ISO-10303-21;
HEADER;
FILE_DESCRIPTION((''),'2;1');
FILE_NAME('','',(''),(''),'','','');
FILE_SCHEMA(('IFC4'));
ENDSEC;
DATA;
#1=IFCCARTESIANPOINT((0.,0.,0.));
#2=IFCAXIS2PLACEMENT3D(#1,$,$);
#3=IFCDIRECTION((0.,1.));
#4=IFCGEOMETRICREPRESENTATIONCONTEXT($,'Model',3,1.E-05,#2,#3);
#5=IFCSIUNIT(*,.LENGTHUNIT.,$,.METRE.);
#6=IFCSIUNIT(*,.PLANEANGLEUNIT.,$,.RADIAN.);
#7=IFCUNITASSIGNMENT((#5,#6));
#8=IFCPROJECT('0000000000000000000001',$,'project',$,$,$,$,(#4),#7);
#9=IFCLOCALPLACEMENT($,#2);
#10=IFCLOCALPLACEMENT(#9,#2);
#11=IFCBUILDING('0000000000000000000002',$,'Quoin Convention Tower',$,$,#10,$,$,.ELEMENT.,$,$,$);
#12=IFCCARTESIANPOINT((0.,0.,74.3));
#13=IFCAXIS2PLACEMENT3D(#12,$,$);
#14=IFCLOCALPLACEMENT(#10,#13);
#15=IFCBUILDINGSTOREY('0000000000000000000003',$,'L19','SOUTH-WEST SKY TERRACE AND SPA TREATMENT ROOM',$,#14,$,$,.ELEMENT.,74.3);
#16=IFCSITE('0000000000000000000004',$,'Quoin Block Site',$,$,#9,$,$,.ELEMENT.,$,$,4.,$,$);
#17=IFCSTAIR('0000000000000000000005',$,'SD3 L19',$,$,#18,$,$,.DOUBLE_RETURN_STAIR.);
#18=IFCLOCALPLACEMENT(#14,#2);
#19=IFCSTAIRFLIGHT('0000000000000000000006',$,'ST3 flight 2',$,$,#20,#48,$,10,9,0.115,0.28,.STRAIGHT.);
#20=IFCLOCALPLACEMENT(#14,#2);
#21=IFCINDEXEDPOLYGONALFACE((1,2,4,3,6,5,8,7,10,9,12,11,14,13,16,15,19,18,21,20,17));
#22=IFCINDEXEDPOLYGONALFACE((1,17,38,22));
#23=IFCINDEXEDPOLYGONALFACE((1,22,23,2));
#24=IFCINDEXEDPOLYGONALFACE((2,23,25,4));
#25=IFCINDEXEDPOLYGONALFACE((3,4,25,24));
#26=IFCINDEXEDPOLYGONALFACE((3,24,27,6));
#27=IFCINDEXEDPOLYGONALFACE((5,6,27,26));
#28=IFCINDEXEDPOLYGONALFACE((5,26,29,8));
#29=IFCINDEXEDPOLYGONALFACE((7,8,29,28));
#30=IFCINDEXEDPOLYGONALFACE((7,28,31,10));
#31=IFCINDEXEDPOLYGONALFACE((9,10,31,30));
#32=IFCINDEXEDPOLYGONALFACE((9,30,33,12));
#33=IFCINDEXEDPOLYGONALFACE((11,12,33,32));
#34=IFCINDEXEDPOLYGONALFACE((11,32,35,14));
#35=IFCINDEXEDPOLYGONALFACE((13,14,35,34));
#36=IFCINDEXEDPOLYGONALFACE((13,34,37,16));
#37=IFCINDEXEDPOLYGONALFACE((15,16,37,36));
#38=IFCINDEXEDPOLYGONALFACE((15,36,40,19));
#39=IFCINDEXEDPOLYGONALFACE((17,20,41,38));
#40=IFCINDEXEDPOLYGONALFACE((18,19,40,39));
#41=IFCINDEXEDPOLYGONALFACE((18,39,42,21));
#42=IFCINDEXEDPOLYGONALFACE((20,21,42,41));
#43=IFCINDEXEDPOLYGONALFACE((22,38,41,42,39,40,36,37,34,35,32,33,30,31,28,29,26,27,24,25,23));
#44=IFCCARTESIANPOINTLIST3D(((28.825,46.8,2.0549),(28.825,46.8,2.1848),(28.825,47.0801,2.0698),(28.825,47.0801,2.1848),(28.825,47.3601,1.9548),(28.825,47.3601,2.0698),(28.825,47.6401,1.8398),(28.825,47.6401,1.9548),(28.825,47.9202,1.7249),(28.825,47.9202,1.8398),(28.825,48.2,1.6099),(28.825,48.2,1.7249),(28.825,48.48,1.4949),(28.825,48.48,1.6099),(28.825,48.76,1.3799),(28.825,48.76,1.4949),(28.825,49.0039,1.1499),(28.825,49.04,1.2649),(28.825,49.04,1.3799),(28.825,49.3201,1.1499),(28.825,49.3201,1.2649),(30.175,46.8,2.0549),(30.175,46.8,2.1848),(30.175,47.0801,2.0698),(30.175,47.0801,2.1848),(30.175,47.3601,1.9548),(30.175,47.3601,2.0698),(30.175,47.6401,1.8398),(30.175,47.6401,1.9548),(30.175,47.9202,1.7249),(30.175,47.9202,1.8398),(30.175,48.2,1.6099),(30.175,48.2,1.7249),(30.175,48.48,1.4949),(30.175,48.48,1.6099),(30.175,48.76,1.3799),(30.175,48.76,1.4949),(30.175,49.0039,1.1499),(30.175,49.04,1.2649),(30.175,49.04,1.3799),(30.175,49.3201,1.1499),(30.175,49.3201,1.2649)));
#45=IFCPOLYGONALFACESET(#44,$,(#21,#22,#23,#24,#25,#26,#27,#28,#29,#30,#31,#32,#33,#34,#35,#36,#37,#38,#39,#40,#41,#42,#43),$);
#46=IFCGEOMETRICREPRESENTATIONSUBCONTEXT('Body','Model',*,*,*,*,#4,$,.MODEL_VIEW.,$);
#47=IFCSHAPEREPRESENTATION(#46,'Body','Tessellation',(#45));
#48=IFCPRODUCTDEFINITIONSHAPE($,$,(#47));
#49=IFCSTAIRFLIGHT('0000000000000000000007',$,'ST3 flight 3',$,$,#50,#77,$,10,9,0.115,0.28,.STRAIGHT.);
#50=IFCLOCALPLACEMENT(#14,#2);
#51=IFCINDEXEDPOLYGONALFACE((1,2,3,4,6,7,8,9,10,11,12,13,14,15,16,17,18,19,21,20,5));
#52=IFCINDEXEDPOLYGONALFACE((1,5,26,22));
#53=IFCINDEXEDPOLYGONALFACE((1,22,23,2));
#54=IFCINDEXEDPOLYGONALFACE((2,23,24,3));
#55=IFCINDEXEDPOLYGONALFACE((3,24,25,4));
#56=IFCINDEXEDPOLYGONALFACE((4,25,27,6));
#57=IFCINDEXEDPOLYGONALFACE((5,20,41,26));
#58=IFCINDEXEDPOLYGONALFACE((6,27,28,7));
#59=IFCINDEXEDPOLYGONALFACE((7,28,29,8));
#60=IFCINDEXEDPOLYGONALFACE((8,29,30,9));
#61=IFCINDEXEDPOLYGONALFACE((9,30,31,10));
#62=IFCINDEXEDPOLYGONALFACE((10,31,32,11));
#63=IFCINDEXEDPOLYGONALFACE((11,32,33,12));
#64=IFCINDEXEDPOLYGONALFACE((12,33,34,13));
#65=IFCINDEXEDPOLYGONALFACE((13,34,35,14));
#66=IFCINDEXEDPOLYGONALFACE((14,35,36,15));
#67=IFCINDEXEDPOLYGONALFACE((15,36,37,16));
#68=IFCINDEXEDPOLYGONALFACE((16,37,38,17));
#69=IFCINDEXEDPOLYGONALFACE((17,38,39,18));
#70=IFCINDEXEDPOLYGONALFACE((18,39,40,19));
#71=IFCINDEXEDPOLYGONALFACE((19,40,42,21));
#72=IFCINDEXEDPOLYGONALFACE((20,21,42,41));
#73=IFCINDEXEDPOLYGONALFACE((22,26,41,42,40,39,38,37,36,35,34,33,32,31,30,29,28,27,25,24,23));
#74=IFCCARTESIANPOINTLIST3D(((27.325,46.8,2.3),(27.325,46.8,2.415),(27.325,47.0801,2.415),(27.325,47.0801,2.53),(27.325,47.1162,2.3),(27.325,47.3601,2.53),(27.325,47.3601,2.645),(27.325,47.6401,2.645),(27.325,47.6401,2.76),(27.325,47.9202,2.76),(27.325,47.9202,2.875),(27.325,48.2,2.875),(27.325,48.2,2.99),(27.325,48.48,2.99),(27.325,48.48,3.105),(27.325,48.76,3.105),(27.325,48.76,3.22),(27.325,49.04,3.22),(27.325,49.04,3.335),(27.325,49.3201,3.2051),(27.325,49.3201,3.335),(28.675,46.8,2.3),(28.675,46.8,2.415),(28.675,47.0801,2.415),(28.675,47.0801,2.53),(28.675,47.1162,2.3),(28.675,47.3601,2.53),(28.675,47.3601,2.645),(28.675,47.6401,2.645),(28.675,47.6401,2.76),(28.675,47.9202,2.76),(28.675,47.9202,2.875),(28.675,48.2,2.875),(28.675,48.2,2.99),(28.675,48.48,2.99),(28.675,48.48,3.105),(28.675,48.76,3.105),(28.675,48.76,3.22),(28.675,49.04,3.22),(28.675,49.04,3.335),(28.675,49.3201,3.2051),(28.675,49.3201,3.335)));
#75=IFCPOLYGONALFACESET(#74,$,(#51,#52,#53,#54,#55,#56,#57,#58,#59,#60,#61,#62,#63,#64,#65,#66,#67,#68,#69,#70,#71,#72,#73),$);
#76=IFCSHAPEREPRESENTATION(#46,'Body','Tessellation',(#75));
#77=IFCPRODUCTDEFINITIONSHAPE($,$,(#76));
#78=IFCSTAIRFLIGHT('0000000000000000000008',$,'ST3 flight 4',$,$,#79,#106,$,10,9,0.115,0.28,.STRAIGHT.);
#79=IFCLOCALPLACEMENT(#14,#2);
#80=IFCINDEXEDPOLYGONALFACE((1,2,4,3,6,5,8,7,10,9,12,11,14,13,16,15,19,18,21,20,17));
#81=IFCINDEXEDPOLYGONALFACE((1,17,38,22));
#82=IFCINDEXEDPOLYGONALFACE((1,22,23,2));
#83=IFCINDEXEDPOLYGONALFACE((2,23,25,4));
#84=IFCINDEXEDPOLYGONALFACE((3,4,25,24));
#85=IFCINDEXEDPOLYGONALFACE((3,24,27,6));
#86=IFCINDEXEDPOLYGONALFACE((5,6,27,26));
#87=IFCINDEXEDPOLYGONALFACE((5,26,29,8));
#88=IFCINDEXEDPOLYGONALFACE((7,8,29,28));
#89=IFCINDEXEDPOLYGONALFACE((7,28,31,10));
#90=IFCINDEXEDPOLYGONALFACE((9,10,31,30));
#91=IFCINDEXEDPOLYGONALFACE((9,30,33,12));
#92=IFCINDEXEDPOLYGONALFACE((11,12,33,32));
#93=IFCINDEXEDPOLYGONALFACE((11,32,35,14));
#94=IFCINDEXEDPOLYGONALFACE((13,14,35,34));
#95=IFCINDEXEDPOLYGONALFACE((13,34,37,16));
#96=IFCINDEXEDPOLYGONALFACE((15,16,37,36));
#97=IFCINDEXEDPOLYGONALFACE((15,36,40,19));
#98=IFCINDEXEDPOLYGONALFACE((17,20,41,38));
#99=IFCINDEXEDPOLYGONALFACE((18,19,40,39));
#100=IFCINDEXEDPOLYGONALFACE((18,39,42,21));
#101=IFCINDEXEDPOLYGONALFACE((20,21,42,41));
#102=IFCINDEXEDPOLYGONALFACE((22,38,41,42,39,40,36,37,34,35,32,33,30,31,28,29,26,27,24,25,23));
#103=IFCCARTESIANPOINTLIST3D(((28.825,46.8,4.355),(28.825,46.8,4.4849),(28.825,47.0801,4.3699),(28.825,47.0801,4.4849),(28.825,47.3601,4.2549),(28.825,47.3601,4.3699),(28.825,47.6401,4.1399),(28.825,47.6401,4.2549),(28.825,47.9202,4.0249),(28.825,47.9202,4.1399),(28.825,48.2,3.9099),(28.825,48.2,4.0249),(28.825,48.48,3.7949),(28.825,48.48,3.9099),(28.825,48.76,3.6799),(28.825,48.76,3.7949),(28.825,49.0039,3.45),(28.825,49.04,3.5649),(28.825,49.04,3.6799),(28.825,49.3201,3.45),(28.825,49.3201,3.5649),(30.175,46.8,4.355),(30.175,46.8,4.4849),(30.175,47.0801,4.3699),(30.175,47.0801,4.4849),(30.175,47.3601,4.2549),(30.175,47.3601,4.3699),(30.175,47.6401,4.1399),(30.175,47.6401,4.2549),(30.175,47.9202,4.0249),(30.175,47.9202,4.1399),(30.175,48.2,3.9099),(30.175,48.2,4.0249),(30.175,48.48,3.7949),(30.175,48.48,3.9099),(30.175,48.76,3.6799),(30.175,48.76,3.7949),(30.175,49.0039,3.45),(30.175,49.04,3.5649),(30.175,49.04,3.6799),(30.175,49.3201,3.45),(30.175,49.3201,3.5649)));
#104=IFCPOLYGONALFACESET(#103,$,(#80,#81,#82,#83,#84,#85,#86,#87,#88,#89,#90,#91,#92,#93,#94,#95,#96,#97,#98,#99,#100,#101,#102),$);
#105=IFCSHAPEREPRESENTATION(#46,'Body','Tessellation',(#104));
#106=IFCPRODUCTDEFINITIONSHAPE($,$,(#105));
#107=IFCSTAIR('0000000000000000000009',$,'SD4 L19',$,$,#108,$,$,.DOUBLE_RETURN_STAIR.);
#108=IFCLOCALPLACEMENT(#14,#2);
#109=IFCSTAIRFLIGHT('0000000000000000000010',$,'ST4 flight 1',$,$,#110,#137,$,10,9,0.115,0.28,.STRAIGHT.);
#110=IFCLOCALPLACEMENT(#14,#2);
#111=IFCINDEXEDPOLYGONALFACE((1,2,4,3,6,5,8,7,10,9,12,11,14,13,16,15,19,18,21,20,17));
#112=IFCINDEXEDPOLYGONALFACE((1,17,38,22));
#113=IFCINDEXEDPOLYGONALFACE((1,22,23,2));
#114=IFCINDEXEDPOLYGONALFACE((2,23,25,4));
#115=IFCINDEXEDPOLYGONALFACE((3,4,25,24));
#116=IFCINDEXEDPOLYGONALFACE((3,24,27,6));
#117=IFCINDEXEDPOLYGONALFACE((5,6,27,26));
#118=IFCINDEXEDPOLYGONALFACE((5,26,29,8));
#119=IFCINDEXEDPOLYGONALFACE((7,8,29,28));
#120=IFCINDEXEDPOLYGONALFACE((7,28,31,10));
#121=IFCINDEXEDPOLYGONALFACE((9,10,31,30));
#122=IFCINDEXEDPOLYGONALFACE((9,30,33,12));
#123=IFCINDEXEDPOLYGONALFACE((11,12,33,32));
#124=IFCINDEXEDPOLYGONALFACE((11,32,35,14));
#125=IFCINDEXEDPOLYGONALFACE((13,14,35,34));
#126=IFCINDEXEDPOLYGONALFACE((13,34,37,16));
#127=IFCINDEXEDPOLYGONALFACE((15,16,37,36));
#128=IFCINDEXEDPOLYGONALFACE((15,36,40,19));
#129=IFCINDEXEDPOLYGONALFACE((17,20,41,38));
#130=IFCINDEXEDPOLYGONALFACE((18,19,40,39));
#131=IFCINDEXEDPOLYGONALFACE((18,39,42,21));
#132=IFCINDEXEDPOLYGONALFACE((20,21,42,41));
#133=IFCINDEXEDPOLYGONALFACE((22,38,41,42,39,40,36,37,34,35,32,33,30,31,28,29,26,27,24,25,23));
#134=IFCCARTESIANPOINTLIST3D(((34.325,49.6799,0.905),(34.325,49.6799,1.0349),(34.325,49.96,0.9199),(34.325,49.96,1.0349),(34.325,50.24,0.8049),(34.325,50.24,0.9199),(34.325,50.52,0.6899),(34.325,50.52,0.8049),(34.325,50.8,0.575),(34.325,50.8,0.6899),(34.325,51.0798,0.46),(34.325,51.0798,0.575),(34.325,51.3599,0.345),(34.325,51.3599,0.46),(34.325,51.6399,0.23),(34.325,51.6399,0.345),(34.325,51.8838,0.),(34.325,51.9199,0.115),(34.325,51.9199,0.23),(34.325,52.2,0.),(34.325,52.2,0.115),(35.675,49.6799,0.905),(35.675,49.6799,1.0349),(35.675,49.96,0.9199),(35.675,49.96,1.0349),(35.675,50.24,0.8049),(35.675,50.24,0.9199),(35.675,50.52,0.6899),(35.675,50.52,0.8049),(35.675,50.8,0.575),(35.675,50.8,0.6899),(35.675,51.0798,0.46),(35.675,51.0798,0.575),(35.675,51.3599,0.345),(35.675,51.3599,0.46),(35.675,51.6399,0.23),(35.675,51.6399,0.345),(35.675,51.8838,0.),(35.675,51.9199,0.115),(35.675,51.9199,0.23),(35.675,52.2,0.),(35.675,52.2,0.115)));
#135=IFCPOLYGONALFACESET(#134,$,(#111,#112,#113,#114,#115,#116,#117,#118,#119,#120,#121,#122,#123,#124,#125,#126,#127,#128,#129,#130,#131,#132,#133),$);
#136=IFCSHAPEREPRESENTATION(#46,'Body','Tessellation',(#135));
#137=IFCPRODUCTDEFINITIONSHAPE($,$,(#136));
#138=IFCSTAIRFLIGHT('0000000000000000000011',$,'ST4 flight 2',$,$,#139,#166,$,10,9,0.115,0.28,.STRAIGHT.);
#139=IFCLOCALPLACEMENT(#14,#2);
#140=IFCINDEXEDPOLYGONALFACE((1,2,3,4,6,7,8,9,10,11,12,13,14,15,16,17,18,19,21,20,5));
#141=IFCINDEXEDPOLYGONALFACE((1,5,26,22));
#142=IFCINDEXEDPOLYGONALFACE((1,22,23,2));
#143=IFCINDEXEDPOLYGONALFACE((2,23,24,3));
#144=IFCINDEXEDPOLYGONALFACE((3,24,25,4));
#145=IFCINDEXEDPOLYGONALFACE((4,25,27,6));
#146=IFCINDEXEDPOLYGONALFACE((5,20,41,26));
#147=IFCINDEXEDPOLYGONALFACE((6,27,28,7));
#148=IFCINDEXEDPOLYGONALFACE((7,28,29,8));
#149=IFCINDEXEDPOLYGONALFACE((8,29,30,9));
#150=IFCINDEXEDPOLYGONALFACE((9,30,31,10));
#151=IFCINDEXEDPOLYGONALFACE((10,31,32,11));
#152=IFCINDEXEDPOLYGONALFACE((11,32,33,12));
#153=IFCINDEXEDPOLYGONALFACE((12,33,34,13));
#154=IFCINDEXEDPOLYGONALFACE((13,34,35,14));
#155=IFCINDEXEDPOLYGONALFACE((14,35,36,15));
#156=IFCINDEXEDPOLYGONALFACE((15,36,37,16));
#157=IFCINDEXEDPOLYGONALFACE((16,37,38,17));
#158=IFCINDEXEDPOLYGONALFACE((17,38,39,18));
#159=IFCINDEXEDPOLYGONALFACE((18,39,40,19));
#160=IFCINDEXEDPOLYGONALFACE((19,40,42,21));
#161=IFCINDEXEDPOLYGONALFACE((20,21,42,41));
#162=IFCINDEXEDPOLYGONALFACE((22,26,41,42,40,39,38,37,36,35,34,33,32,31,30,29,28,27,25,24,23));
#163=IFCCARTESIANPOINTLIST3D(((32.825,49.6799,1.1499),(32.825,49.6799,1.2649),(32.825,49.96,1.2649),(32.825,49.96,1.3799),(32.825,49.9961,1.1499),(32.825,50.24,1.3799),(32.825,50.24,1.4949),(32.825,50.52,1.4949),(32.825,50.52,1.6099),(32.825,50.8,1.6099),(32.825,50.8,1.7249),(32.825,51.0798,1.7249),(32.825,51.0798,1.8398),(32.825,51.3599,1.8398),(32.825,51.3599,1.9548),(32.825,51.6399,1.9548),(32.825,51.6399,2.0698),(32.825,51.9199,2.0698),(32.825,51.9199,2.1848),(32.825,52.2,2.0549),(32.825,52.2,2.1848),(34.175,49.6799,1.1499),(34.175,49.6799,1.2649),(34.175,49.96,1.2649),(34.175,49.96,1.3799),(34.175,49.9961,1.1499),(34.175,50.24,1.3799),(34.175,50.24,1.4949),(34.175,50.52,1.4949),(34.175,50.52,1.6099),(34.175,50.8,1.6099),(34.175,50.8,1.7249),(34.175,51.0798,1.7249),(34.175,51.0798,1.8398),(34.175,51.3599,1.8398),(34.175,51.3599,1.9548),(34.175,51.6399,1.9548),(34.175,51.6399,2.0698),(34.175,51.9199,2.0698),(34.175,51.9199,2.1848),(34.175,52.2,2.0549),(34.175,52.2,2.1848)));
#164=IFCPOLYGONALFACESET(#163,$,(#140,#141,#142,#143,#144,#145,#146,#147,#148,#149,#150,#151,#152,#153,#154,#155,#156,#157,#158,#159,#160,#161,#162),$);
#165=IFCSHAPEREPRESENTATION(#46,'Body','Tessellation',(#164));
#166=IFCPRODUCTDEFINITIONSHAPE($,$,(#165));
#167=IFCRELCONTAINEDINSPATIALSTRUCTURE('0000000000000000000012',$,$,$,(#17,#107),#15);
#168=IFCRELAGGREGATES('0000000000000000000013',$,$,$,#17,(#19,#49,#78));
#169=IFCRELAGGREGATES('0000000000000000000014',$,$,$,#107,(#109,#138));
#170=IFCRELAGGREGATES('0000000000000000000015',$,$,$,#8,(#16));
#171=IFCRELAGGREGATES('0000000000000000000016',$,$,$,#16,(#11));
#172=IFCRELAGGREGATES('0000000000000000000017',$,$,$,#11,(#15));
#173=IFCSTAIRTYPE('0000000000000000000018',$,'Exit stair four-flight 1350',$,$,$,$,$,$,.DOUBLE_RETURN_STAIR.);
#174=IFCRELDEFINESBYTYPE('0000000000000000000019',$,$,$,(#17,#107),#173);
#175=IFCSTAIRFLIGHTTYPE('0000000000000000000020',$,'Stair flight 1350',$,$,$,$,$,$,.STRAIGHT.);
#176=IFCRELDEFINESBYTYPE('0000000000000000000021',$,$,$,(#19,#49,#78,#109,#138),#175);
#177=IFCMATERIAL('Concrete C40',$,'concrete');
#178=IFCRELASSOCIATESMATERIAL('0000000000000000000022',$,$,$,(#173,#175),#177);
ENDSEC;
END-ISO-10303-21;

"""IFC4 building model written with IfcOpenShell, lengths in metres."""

from ifc_helpers import new_model, si_unit, direction, frame, origin, place, context, subcontext, project, spatial, polyline, outline, extrude, material, type_object, element, aggregate, save


model = new_model("IFC4")

# Units and contexts
model_context = context("Model", 3, precision=1e-05, world=origin(), true_north=direction((0.0, 1.0)))
body_context = subcontext(model_context, "Body", "Model", "MODEL_VIEW")
ifc_project = project(units=[si_unit("LENGTHUNIT", "METRE"), si_unit("PLANEANGLEUNIT", "RADIAN")], contexts=[model_context])

# Site, building, storey
site_placement = place(None, origin())
site = spatial("IfcSite", under=ifc_project, at=site_placement, Name="Quoin Block Site", CompositionType="ELEMENT", RefElevation=4.0)
building_placement = place(site_placement, origin())
building = spatial("IfcBuilding", under=site, at=building_placement, Name="Quoin Convention Tower", CompositionType="ELEMENT")
storey_placement = place(building_placement, frame((0.0, 0.0, 74.3)))
storey = spatial("IfcBuildingStorey", under=building, at=storey_placement, Name="L19", Description="SOUTH-WEST SKY TERRACE AND SPA TREATMENT ROOM", CompositionType="ELEMENT", Elevation=74.3)

# Stairs, stair flights
ifc_material_1 = material(Name="Concrete C40", Category="concrete")
stair_type = type_object("IfcStairType", Name="Exit stair four-flight 1350", PredefinedType="DOUBLE_RETURN_STAIR", material=ifc_material_1)
stair_1_placement = place(storey_placement, origin())
stair_1 = element("IfcStair", 1, at=stair_1_placement, inside=storey, type_object=stair_type, Name="SD3 L19", PredefinedType="DOUBLE_RETURN_STAIR")
stair_flight_type = type_object("IfcStairFlightType", Name="Stair flight 1350", PredefinedType="STRAIGHT", material=ifc_material_1)
stair_flight_1_placement = place(storey_placement, frame((29.5, 49.3201, 1.1499), z_axis=(0.0, 0.0, 1.0), x_axis=(0.0, -1.0, 0.0)))
stair_flight_1 = element("IfcStairFlight", 2, at=stair_flight_1_placement, type_object=stair_flight_type, Name="ST3 flight 2", NumberOfRisers=10, NumberOfTreads=9, PredefinedType="STRAIGHT", RiserHeight=0.115, TreadLength=0.28, context=body_context, shape_type="SweptSolid", body=[
    extrude(outline(polyline([(0.0, 0.0), (0.0, 0.115), (0.28, 0.115), (0.28, 0.23), (0.5601, 0.23), (0.5601, 0.345), (0.8401, 0.345), (0.8401, 0.46), (1.1201, 0.46), (1.1201, 0.575), (1.3999, 0.575), (1.3999, 0.6899), (1.6799, 0.6899), (1.6799, 0.8049), (1.96, 0.8049), (1.96, 0.9199), (2.24, 0.9199), (2.24, 1.0349), (2.52, 1.0349), (2.52, 1.1499), (2.52, 0.905), (0.3162, 0.0), (0.0, 0.0)])), frame((0.0, 0.675, 0.0), z_axis=(0.0, -1.0, 0.0), x_axis=(1.0, 0.0, 0.0)), (0.0, 0.0, 1.0), 1.3501),
])
stair_flight_2_placement = place(storey_placement, frame((28.0, 46.8, 2.3), z_axis=(0.0, 0.0, 1.0), x_axis=(0.0, 1.0, 0.0)))
stair_flight_2 = element("IfcStairFlight", 3, at=stair_flight_2_placement, type_object=stair_flight_type, Name="ST3 flight 3", NumberOfRisers=10, NumberOfTreads=9, PredefinedType="STRAIGHT", RiserHeight=0.115, TreadLength=0.28, context=body_context, shape_type="SweptSolid", body=[
    extrude(outline(polyline([(0.0, 0.0), (0.0, 0.115), (0.28, 0.115), (0.28, 0.23), (0.5601, 0.23), (0.5601, 0.345), (0.8401, 0.345), (0.8401, 0.46), (1.1201, 0.46), (1.1201, 0.575), (1.3999, 0.575), (1.3999, 0.6899), (1.6799, 0.6899), (1.6799, 0.8049), (1.96, 0.8049), (1.96, 0.9199), (2.24, 0.9199), (2.24, 1.0349), (2.52, 1.0349), (2.52, 1.1499), (2.52, 0.905), (0.3162, 0.0), (0.0, 0.0)])), frame((0.0, 0.675, 0.0), z_axis=(0.0, -1.0, 0.0), x_axis=(1.0, 0.0, 0.0)), (0.0, 0.0, 1.0), 1.3501),
])
stair_flight_3_placement = place(storey_placement, frame((29.5, 49.3201, 3.45), z_axis=(0.0, 0.0, 1.0), x_axis=(0.0, -1.0, 0.0)))
stair_flight_3 = element("IfcStairFlight", 4, at=stair_flight_3_placement, type_object=stair_flight_type, Name="ST3 flight 4", NumberOfRisers=10, NumberOfTreads=9, PredefinedType="STRAIGHT", RiserHeight=0.115, TreadLength=0.28, context=body_context, shape_type="SweptSolid", body=[
    extrude(outline(polyline([(0.0, 0.0), (0.0, 0.115), (0.28, 0.115), (0.28, 0.23), (0.5601, 0.23), (0.5601, 0.345), (0.8401, 0.345), (0.8401, 0.46), (1.1201, 0.46), (1.1201, 0.575), (1.3999, 0.575), (1.3999, 0.6899), (1.6799, 0.6899), (1.6799, 0.8049), (1.96, 0.8049), (1.96, 0.9199), (2.24, 0.9199), (2.24, 1.0349), (2.52, 1.0349), (2.52, 1.1499), (2.52, 0.905), (0.3162, 0.0), (0.0, 0.0)])), frame((0.0, 0.675, 0.0), z_axis=(0.0, -1.0, 0.0), x_axis=(1.0, 0.0, 0.0)), (0.0, 0.0, 1.0), 1.3501),
])
aggregate(stair_1, [stair_flight_1, stair_flight_2, stair_flight_3])
stair_2_placement = place(storey_placement, origin())
stair_2 = element("IfcStair", 5, at=stair_2_placement, inside=storey, type_object=stair_type, Name="SD4 L19", PredefinedType="DOUBLE_RETURN_STAIR")
stair_flight_4_placement = place(storey_placement, frame((35.0, 52.2, 0.0), z_axis=(0.0, 0.0, 1.0), x_axis=(0.0, -1.0, 0.0)))
stair_flight_4 = element("IfcStairFlight", 6, at=stair_flight_4_placement, type_object=stair_flight_type, Name="ST4 flight 1", NumberOfRisers=10, NumberOfTreads=9, PredefinedType="STRAIGHT", RiserHeight=0.115, TreadLength=0.28, context=body_context, shape_type="SweptSolid", body=[
    extrude(outline(polyline([(0.0, 0.0), (0.0, 0.115), (0.28, 0.115), (0.28, 0.23), (0.5601, 0.23), (0.5601, 0.345), (0.8401, 0.345), (0.8401, 0.46), (1.1201, 0.46), (1.1201, 0.575), (1.3999, 0.575), (1.3999, 0.6899), (1.6799, 0.6899), (1.6799, 0.8049), (1.96, 0.8049), (1.96, 0.9199), (2.24, 0.9199), (2.24, 1.0349), (2.52, 1.0349), (2.52, 1.1499), (2.52, 0.905), (0.3162, 0.0), (0.0, 0.0)])), frame((0.0, 0.675, 0.0), z_axis=(0.0, -1.0, 0.0), x_axis=(1.0, 0.0, 0.0)), (0.0, 0.0, 1.0), 1.3501),
])
stair_flight_5_placement = place(storey_placement, frame((33.5, 49.6799, 1.1499), z_axis=(0.0, 0.0, 1.0), x_axis=(0.0, 1.0, 0.0)))
stair_flight_5 = element("IfcStairFlight", 7, at=stair_flight_5_placement, type_object=stair_flight_type, Name="ST4 flight 2", NumberOfRisers=10, NumberOfTreads=9, PredefinedType="STRAIGHT", RiserHeight=0.115, TreadLength=0.28, context=body_context, shape_type="SweptSolid", body=[
    extrude(outline(polyline([(0.0, 0.0), (0.0, 0.115), (0.28, 0.115), (0.28, 0.23), (0.5601, 0.23), (0.5601, 0.345), (0.8401, 0.345), (0.8401, 0.46), (1.1201, 0.46), (1.1201, 0.575), (1.3999, 0.575), (1.3999, 0.6899), (1.6799, 0.6899), (1.6799, 0.8049), (1.96, 0.8049), (1.96, 0.9199), (2.24, 0.9199), (2.24, 1.0349), (2.52, 1.0349), (2.52, 1.1499), (2.52, 0.905), (0.3162, 0.0), (0.0, 0.0)])), frame((0.0, 0.675, 0.0), z_axis=(0.0, -1.0, 0.0), x_axis=(1.0, 0.0, 0.0)), (0.0, 0.0, 1.0), 1.3501),
])
aggregate(stair_2, [stair_flight_4, stair_flight_5])

save(model, "model.ifc")
